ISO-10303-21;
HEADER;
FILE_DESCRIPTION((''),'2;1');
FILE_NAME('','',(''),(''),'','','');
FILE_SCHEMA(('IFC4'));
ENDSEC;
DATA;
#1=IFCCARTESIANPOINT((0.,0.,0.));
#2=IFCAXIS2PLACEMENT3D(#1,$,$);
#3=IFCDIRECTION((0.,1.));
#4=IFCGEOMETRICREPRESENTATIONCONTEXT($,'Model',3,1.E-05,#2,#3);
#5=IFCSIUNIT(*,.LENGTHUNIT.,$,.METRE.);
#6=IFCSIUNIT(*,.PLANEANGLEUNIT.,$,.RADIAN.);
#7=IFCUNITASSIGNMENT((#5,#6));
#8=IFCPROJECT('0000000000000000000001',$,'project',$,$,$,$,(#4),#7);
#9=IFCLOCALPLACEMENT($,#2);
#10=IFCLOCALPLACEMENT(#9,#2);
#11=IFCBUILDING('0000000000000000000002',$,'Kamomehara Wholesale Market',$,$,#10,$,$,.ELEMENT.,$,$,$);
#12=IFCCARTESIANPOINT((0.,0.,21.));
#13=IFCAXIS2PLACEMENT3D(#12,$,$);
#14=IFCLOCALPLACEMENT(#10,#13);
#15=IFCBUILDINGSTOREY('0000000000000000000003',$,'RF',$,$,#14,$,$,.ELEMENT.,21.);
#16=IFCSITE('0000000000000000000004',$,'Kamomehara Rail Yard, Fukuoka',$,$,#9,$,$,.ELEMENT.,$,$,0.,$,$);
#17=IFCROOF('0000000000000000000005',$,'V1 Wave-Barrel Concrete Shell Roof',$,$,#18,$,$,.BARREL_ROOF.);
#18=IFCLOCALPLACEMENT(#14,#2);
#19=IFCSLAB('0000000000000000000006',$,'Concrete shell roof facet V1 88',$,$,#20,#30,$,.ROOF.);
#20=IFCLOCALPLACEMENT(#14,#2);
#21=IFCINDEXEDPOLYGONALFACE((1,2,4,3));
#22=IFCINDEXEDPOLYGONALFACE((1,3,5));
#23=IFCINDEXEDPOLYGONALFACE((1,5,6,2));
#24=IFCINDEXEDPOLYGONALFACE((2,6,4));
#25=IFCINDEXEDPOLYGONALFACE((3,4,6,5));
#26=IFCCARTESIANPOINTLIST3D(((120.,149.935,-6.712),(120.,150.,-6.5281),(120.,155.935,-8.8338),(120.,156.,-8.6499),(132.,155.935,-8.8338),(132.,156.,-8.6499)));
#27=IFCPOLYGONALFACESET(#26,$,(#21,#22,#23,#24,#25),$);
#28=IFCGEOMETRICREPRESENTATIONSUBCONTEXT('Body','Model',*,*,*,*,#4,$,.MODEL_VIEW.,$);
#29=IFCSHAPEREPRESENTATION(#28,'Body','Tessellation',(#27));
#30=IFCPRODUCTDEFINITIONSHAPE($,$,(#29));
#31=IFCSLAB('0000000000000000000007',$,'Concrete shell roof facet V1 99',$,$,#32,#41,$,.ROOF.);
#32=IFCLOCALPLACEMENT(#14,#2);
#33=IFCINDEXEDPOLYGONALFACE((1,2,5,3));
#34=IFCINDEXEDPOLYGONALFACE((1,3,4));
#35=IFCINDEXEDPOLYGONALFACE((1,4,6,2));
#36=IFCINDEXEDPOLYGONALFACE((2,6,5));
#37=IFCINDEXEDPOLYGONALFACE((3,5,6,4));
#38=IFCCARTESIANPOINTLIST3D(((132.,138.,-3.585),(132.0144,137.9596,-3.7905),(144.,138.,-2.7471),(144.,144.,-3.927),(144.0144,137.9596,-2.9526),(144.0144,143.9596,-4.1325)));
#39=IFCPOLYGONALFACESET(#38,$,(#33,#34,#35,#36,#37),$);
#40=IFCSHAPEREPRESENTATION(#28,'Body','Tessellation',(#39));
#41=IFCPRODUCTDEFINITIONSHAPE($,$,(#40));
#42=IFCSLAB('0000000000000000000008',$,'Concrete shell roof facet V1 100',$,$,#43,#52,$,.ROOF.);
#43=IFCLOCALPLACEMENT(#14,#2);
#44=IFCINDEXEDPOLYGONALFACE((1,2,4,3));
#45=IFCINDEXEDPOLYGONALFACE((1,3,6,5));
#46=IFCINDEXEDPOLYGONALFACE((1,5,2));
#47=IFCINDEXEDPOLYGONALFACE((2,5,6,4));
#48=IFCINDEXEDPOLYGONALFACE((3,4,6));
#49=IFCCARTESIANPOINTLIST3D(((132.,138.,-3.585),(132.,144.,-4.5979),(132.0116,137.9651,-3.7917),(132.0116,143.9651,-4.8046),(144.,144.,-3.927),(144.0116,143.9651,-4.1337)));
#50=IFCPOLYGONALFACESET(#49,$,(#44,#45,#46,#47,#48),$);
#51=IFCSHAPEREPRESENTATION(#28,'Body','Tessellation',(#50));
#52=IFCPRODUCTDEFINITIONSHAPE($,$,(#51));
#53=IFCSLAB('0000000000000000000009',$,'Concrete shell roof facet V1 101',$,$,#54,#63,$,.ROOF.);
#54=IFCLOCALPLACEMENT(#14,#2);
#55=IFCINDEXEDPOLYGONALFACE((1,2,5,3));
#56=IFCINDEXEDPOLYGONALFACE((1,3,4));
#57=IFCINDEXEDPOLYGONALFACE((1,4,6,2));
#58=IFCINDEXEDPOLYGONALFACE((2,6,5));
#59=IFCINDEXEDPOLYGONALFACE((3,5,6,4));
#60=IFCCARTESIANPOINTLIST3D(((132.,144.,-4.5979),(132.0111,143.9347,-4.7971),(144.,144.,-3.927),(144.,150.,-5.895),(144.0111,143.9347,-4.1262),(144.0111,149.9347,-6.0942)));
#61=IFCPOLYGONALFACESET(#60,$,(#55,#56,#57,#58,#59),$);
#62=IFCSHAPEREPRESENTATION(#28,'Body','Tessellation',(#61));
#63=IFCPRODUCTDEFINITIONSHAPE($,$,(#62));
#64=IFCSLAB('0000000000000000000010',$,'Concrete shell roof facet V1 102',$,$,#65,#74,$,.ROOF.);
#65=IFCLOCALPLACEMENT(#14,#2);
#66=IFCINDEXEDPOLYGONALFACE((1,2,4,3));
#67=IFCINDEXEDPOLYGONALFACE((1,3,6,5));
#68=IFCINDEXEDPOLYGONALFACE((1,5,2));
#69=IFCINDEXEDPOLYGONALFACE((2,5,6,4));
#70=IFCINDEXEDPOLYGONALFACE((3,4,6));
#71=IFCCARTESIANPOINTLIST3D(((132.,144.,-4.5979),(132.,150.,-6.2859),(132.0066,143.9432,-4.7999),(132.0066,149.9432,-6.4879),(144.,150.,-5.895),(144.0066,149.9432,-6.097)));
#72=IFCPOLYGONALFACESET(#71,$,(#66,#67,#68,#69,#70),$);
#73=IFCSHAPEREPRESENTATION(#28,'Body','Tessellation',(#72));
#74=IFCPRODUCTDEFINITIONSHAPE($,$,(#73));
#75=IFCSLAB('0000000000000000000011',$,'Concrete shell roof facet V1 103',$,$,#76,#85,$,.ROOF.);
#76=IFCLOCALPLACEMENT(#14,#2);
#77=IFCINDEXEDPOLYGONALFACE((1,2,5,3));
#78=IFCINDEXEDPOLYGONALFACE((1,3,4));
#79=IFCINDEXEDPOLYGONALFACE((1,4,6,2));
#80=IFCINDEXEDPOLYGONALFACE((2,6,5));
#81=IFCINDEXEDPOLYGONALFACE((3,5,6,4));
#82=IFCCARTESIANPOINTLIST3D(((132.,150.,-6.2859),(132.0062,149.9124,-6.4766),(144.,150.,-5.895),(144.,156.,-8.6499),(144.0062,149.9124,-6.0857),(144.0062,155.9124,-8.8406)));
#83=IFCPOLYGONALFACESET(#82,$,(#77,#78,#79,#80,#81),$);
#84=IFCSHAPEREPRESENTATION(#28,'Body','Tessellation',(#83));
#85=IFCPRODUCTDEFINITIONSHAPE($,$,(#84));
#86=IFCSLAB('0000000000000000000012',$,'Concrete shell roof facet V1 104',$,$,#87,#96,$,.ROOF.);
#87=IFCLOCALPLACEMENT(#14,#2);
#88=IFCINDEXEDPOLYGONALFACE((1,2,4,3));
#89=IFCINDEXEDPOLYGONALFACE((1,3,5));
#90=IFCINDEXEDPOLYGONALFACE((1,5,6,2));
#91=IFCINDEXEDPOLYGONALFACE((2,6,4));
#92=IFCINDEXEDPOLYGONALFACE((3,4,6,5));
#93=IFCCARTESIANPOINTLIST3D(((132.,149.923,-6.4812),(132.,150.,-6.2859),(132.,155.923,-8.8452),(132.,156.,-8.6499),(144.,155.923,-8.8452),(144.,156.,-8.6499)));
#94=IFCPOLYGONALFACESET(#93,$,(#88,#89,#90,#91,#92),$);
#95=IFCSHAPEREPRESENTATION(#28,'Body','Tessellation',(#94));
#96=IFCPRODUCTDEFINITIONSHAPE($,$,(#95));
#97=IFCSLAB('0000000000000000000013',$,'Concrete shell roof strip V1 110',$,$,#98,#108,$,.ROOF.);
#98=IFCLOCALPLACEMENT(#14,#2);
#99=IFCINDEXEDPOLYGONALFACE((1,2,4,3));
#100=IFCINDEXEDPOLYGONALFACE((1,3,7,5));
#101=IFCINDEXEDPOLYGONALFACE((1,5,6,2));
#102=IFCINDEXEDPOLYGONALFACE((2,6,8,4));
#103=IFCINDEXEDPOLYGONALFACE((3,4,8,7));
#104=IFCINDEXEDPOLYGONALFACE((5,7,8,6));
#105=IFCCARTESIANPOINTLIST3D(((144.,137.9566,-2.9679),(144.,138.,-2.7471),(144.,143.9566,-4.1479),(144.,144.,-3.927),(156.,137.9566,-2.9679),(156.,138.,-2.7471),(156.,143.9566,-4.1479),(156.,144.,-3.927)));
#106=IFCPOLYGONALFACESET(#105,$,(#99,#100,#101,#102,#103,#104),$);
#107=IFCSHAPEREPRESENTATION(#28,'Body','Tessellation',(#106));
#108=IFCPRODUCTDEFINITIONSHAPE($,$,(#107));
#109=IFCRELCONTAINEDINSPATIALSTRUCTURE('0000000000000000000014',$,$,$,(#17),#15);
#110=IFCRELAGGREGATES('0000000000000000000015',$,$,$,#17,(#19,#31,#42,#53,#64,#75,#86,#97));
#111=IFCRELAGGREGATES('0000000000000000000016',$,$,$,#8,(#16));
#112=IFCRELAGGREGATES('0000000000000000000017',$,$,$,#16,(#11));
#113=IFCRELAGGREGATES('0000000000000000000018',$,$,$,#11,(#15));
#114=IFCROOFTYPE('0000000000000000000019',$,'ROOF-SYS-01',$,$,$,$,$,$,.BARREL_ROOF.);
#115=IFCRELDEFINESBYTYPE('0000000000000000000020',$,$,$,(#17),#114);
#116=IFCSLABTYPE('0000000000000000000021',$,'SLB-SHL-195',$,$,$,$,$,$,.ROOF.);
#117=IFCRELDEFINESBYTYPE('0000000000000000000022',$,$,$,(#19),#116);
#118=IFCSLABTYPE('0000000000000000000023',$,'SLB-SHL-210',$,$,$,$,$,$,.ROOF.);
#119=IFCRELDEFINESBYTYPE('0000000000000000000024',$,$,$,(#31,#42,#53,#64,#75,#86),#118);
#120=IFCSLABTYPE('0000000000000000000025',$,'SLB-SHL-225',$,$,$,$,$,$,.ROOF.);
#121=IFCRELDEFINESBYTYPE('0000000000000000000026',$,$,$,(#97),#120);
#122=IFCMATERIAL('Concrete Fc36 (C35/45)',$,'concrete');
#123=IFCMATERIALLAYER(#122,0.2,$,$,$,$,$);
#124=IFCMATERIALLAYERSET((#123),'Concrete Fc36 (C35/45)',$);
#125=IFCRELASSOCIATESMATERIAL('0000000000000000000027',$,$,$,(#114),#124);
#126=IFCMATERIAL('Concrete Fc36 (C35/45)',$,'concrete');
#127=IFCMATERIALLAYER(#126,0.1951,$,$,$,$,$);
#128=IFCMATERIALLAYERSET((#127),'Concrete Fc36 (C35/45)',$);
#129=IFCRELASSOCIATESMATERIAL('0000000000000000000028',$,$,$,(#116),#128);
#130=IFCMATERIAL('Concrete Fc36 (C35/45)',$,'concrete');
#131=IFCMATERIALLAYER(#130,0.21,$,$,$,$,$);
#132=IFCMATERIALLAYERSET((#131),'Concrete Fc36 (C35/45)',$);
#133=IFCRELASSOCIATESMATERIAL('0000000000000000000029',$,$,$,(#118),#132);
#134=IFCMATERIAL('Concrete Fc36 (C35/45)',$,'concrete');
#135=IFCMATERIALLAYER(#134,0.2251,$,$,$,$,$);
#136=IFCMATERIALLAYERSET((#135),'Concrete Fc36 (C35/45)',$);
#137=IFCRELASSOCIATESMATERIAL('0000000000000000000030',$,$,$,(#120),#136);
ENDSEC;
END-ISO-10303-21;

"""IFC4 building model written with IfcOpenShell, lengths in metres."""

from ifc_helpers import new_model, si_unit, direction, frame, origin, place, context, subcontext, project, spatial, polyline, outline, extrude, material, layer, layer_set, type_object, element, aggregate, save


model = new_model("IFC4")

# Units and contexts
model_context = context("Model", 3, precision=1e-05, world=origin(), true_north=direction((0.0, 1.0)))
body_context = subcontext(model_context, "Body", "Model", "MODEL_VIEW")
ifc_project = project(units=[si_unit("LENGTHUNIT", "METRE"), si_unit("PLANEANGLEUNIT", "RADIAN")], contexts=[model_context])

# Site, building, storey
site_placement = place(None, origin())
site = spatial("IfcSite", under=ifc_project, at=site_placement, Name="Kamomehara Rail Yard, Fukuoka", CompositionType="ELEMENT", RefElevation=0.0)
building_placement = place(site_placement, origin())
building = spatial("IfcBuilding", under=site, at=building_placement, Name="Kamomehara Wholesale Market", CompositionType="ELEMENT")
storey_placement = place(building_placement, frame((0.0, 0.0, 21.0)))
storey = spatial("IfcBuildingStorey", under=building, at=storey_placement, Name="RF", CompositionType="ELEMENT", Elevation=21.0)

# Roof, slabs
ifc_material_1 = material(Name="Concrete Fc36 (C35/45)", Category="concrete")
ifc_layer_1 = layer(ifc_material_1, 0.2)
ifc_layer_set_1 = layer_set([ifc_layer_1], Name="Concrete Fc36 (C35/45)")
roof_type_1 = type_object("IfcRoofType", Name="ROOF-SYS-01", PredefinedType="BARREL_ROOF", material=ifc_layer_set_1)
roof_1_placement = place(storey_placement, origin())
roof_1 = element("IfcRoof", 1, at=roof_1_placement, inside=storey, type_object=roof_type_1, Name="V1 Wave-Barrel Concrete Shell Roof", PredefinedType="BARREL_ROOF")
ifc_material_2 = material(Name="Concrete Fc36 (C35/45)", Category="concrete")
ifc_layer_2 = layer(ifc_material_2, 0.1951)
ifc_layer_set_2 = layer_set([ifc_layer_2], Name="Concrete Fc36 (C35/45)")
slab_type_1 = type_object("IfcSlabType", Name="SLB-SHL-195", PredefinedType="ROOF", material=ifc_layer_set_2)
slab_1_placement = place(storey_placement, frame((120.0, 150.0, -6.5281), z_axis=(0.0, 0.333404, 0.942784), x_axis=(0.883447, 0.441724, -0.15621)))
slab_1 = element("IfcSlab", 2, at=slab_1_placement, type_object=slab_type_1, Name="Concrete shell roof facet V1 88", PredefinedType="ROOF", context=body_context, shape_type="SweptSolid", body=[
    extrude(outline(polyline([(0.0, 0.0), (13.5832, 0.0), (2.9818, 5.6224), (0.0, 0.0)])), origin(), (0.0, 0.0, -1.0), 0.1951),
])
ifc_material_3 = material(Name="Concrete Fc36 (C35/45)", Category="concrete")
ifc_layer_3 = layer(ifc_material_3, 0.21)
ifc_layer_set_3 = layer_set([ifc_layer_3], Name="Concrete Fc36 (C35/45)")
slab_type_2 = type_object("IfcSlabType", Name="SLB-SHL-210", PredefinedType="ROOF", material=ifc_layer_set_3)
slab_2_placement = place(storey_placement, frame((132.0, 138.0, -3.585), z_axis=(-0.068352, 0.192508, 0.978912), x_axis=(0.997571, 0.0, 0.069655)))
slab_2 = element("IfcSlab", 3, at=slab_2_placement, type_object=slab_type_2, Name="Concrete shell roof facet V1 99", PredefinedType="ROOF", context=body_context, shape_type="SweptSolid", body=[
    extrude(outline(polyline([(0.0, 0.0), (12.0292, 0.0), (11.947, 6.1144), (0.0, 0.0)])), origin(), (0.0, 0.0, -1.0), 0.21),
])
slab_3_placement = place(storey_placement, frame((132.0, 138.0, -3.585), z_axis=(-0.055045, 0.166215, 0.984552), x_axis=(0.894137, 0.447068, -0.025486)))
slab_3 = element("IfcSlab", 4, at=slab_3_placement, type_object=slab_type_2, Name="Concrete shell roof facet V1 100", PredefinedType="ROOF", context=body_context, shape_type="SweptSolid", body=[
    extrude(outline(polyline([(0.0, 0.0), (13.4208, 0.0), (2.7082, 5.449), (0.0, 0.0)])), origin(), (0.0, 0.0, -1.0), 0.21),
])
slab_4_placement = place(storey_placement, frame((132.0, 144.0, -4.5979), z_axis=(-0.053049, 0.311227, 0.948854), x_axis=(0.998441, 0.0, 0.055821)))
slab_4 = element("IfcSlab", 5, at=slab_4_placement, type_object=slab_type_2, Name="Concrete shell roof facet V1 101", PredefinedType="ROOF", context=body_context, shape_type="SweptSolid", body=[
    extrude(outline(polyline([(0.0, 0.0), (12.0187, 0.0), (11.9089, 6.3136), (0.0, 0.0)])), origin(), (0.0, 0.0, -1.0), 0.21),
])
slab_5_placement = place(storey_placement, frame((132.0, 144.0, -4.5979), z_axis=(-0.03134, 0.270685, 0.962158), x_axis=(0.890276, 0.445138, -0.096233)))
slab_5 = element("IfcSlab", 6, at=slab_5_placement, type_object=slab_type_2, Name="Concrete shell roof facet V1 102", PredefinedType="ROOF", context=body_context, shape_type="SweptSolid", body=[
    extrude(outline(polyline([(0.0, 0.0), (13.479, 0.0), (2.8333, 5.5517), (0.0, 0.0)])), origin(), (0.0, 0.0, -1.0), 0.21),
])
slab_6_placement = place(storey_placement, frame((132.0, 150.0, -6.2859), z_axis=(-0.029588, 0.417083, 0.908387), x_axis=(0.99947, 0.0, 0.032555)))
slab_6 = element("IfcSlab", 7, at=slab_6_placement, type_object=slab_type_2, Name="Concrete shell roof facet V1 103", PredefinedType="ROOF", context=body_context, shape_type="SweptSolid", body=[
    extrude(outline(polyline([(0.0, 0.0), (12.0064, 0.0), (11.9167, 6.6016), (0.0, 0.0)])), origin(), (0.0, 0.0, -1.0), 0.21),
])
slab_7_placement = place(storey_placement, frame((132.0, 150.0, -6.2859), z_axis=(0.0, 0.366575, 0.930388), x_axis=(0.880857, 0.440429, -0.17353)))
slab_7 = element("IfcSlab", 8, at=slab_7_placement, type_object=slab_type_2, Name="Concrete shell roof facet V1 104", PredefinedType="ROOF", context=body_context, shape_type="SweptSolid", body=[
    extrude(outline(polyline([(0.0, 0.0), (13.6231, 0.0), (3.0528, 5.6806), (0.0, 0.0)])), origin(), (0.0, 0.0, -1.0), 0.21),
])
ifc_material_4 = material(Name="Concrete Fc36 (C35/45)", Category="concrete")
ifc_layer_4 = layer(ifc_material_4, 0.2251)
ifc_layer_set_4 = layer_set([ifc_layer_4], Name="Concrete Fc36 (C35/45)")
slab_type_3 = type_object("IfcSlabType", Name="SLB-SHL-225", PredefinedType="ROOF", material=ifc_layer_set_4)
slab_8_placement = place(storey_placement, frame((144.0, 138.0, -2.7471), z_axis=(0.0, 0.192959, 0.981207), x_axis=(1.0, 0.0, 0.0)))
slab_8 = element("IfcSlab", 9, at=slab_8_placement, type_object=slab_type_3, Name="Concrete shell roof strip V1 110", PredefinedType="ROOF", context=body_context, shape_type="SweptSolid", body=[
    extrude(outline(polyline([(0.0, 0.0), (12.0, 0.0), (12.0, 6.1149), (0.0, 6.1149), (0.0, 0.0)])), origin(), (0.0, 0.0, -1.0), 0.2251),
])
aggregate(roof_1, [slab_1, slab_2, slab_3, slab_4, slab_5, slab_6, slab_7, slab_8])

save(model, "model.ifc")
